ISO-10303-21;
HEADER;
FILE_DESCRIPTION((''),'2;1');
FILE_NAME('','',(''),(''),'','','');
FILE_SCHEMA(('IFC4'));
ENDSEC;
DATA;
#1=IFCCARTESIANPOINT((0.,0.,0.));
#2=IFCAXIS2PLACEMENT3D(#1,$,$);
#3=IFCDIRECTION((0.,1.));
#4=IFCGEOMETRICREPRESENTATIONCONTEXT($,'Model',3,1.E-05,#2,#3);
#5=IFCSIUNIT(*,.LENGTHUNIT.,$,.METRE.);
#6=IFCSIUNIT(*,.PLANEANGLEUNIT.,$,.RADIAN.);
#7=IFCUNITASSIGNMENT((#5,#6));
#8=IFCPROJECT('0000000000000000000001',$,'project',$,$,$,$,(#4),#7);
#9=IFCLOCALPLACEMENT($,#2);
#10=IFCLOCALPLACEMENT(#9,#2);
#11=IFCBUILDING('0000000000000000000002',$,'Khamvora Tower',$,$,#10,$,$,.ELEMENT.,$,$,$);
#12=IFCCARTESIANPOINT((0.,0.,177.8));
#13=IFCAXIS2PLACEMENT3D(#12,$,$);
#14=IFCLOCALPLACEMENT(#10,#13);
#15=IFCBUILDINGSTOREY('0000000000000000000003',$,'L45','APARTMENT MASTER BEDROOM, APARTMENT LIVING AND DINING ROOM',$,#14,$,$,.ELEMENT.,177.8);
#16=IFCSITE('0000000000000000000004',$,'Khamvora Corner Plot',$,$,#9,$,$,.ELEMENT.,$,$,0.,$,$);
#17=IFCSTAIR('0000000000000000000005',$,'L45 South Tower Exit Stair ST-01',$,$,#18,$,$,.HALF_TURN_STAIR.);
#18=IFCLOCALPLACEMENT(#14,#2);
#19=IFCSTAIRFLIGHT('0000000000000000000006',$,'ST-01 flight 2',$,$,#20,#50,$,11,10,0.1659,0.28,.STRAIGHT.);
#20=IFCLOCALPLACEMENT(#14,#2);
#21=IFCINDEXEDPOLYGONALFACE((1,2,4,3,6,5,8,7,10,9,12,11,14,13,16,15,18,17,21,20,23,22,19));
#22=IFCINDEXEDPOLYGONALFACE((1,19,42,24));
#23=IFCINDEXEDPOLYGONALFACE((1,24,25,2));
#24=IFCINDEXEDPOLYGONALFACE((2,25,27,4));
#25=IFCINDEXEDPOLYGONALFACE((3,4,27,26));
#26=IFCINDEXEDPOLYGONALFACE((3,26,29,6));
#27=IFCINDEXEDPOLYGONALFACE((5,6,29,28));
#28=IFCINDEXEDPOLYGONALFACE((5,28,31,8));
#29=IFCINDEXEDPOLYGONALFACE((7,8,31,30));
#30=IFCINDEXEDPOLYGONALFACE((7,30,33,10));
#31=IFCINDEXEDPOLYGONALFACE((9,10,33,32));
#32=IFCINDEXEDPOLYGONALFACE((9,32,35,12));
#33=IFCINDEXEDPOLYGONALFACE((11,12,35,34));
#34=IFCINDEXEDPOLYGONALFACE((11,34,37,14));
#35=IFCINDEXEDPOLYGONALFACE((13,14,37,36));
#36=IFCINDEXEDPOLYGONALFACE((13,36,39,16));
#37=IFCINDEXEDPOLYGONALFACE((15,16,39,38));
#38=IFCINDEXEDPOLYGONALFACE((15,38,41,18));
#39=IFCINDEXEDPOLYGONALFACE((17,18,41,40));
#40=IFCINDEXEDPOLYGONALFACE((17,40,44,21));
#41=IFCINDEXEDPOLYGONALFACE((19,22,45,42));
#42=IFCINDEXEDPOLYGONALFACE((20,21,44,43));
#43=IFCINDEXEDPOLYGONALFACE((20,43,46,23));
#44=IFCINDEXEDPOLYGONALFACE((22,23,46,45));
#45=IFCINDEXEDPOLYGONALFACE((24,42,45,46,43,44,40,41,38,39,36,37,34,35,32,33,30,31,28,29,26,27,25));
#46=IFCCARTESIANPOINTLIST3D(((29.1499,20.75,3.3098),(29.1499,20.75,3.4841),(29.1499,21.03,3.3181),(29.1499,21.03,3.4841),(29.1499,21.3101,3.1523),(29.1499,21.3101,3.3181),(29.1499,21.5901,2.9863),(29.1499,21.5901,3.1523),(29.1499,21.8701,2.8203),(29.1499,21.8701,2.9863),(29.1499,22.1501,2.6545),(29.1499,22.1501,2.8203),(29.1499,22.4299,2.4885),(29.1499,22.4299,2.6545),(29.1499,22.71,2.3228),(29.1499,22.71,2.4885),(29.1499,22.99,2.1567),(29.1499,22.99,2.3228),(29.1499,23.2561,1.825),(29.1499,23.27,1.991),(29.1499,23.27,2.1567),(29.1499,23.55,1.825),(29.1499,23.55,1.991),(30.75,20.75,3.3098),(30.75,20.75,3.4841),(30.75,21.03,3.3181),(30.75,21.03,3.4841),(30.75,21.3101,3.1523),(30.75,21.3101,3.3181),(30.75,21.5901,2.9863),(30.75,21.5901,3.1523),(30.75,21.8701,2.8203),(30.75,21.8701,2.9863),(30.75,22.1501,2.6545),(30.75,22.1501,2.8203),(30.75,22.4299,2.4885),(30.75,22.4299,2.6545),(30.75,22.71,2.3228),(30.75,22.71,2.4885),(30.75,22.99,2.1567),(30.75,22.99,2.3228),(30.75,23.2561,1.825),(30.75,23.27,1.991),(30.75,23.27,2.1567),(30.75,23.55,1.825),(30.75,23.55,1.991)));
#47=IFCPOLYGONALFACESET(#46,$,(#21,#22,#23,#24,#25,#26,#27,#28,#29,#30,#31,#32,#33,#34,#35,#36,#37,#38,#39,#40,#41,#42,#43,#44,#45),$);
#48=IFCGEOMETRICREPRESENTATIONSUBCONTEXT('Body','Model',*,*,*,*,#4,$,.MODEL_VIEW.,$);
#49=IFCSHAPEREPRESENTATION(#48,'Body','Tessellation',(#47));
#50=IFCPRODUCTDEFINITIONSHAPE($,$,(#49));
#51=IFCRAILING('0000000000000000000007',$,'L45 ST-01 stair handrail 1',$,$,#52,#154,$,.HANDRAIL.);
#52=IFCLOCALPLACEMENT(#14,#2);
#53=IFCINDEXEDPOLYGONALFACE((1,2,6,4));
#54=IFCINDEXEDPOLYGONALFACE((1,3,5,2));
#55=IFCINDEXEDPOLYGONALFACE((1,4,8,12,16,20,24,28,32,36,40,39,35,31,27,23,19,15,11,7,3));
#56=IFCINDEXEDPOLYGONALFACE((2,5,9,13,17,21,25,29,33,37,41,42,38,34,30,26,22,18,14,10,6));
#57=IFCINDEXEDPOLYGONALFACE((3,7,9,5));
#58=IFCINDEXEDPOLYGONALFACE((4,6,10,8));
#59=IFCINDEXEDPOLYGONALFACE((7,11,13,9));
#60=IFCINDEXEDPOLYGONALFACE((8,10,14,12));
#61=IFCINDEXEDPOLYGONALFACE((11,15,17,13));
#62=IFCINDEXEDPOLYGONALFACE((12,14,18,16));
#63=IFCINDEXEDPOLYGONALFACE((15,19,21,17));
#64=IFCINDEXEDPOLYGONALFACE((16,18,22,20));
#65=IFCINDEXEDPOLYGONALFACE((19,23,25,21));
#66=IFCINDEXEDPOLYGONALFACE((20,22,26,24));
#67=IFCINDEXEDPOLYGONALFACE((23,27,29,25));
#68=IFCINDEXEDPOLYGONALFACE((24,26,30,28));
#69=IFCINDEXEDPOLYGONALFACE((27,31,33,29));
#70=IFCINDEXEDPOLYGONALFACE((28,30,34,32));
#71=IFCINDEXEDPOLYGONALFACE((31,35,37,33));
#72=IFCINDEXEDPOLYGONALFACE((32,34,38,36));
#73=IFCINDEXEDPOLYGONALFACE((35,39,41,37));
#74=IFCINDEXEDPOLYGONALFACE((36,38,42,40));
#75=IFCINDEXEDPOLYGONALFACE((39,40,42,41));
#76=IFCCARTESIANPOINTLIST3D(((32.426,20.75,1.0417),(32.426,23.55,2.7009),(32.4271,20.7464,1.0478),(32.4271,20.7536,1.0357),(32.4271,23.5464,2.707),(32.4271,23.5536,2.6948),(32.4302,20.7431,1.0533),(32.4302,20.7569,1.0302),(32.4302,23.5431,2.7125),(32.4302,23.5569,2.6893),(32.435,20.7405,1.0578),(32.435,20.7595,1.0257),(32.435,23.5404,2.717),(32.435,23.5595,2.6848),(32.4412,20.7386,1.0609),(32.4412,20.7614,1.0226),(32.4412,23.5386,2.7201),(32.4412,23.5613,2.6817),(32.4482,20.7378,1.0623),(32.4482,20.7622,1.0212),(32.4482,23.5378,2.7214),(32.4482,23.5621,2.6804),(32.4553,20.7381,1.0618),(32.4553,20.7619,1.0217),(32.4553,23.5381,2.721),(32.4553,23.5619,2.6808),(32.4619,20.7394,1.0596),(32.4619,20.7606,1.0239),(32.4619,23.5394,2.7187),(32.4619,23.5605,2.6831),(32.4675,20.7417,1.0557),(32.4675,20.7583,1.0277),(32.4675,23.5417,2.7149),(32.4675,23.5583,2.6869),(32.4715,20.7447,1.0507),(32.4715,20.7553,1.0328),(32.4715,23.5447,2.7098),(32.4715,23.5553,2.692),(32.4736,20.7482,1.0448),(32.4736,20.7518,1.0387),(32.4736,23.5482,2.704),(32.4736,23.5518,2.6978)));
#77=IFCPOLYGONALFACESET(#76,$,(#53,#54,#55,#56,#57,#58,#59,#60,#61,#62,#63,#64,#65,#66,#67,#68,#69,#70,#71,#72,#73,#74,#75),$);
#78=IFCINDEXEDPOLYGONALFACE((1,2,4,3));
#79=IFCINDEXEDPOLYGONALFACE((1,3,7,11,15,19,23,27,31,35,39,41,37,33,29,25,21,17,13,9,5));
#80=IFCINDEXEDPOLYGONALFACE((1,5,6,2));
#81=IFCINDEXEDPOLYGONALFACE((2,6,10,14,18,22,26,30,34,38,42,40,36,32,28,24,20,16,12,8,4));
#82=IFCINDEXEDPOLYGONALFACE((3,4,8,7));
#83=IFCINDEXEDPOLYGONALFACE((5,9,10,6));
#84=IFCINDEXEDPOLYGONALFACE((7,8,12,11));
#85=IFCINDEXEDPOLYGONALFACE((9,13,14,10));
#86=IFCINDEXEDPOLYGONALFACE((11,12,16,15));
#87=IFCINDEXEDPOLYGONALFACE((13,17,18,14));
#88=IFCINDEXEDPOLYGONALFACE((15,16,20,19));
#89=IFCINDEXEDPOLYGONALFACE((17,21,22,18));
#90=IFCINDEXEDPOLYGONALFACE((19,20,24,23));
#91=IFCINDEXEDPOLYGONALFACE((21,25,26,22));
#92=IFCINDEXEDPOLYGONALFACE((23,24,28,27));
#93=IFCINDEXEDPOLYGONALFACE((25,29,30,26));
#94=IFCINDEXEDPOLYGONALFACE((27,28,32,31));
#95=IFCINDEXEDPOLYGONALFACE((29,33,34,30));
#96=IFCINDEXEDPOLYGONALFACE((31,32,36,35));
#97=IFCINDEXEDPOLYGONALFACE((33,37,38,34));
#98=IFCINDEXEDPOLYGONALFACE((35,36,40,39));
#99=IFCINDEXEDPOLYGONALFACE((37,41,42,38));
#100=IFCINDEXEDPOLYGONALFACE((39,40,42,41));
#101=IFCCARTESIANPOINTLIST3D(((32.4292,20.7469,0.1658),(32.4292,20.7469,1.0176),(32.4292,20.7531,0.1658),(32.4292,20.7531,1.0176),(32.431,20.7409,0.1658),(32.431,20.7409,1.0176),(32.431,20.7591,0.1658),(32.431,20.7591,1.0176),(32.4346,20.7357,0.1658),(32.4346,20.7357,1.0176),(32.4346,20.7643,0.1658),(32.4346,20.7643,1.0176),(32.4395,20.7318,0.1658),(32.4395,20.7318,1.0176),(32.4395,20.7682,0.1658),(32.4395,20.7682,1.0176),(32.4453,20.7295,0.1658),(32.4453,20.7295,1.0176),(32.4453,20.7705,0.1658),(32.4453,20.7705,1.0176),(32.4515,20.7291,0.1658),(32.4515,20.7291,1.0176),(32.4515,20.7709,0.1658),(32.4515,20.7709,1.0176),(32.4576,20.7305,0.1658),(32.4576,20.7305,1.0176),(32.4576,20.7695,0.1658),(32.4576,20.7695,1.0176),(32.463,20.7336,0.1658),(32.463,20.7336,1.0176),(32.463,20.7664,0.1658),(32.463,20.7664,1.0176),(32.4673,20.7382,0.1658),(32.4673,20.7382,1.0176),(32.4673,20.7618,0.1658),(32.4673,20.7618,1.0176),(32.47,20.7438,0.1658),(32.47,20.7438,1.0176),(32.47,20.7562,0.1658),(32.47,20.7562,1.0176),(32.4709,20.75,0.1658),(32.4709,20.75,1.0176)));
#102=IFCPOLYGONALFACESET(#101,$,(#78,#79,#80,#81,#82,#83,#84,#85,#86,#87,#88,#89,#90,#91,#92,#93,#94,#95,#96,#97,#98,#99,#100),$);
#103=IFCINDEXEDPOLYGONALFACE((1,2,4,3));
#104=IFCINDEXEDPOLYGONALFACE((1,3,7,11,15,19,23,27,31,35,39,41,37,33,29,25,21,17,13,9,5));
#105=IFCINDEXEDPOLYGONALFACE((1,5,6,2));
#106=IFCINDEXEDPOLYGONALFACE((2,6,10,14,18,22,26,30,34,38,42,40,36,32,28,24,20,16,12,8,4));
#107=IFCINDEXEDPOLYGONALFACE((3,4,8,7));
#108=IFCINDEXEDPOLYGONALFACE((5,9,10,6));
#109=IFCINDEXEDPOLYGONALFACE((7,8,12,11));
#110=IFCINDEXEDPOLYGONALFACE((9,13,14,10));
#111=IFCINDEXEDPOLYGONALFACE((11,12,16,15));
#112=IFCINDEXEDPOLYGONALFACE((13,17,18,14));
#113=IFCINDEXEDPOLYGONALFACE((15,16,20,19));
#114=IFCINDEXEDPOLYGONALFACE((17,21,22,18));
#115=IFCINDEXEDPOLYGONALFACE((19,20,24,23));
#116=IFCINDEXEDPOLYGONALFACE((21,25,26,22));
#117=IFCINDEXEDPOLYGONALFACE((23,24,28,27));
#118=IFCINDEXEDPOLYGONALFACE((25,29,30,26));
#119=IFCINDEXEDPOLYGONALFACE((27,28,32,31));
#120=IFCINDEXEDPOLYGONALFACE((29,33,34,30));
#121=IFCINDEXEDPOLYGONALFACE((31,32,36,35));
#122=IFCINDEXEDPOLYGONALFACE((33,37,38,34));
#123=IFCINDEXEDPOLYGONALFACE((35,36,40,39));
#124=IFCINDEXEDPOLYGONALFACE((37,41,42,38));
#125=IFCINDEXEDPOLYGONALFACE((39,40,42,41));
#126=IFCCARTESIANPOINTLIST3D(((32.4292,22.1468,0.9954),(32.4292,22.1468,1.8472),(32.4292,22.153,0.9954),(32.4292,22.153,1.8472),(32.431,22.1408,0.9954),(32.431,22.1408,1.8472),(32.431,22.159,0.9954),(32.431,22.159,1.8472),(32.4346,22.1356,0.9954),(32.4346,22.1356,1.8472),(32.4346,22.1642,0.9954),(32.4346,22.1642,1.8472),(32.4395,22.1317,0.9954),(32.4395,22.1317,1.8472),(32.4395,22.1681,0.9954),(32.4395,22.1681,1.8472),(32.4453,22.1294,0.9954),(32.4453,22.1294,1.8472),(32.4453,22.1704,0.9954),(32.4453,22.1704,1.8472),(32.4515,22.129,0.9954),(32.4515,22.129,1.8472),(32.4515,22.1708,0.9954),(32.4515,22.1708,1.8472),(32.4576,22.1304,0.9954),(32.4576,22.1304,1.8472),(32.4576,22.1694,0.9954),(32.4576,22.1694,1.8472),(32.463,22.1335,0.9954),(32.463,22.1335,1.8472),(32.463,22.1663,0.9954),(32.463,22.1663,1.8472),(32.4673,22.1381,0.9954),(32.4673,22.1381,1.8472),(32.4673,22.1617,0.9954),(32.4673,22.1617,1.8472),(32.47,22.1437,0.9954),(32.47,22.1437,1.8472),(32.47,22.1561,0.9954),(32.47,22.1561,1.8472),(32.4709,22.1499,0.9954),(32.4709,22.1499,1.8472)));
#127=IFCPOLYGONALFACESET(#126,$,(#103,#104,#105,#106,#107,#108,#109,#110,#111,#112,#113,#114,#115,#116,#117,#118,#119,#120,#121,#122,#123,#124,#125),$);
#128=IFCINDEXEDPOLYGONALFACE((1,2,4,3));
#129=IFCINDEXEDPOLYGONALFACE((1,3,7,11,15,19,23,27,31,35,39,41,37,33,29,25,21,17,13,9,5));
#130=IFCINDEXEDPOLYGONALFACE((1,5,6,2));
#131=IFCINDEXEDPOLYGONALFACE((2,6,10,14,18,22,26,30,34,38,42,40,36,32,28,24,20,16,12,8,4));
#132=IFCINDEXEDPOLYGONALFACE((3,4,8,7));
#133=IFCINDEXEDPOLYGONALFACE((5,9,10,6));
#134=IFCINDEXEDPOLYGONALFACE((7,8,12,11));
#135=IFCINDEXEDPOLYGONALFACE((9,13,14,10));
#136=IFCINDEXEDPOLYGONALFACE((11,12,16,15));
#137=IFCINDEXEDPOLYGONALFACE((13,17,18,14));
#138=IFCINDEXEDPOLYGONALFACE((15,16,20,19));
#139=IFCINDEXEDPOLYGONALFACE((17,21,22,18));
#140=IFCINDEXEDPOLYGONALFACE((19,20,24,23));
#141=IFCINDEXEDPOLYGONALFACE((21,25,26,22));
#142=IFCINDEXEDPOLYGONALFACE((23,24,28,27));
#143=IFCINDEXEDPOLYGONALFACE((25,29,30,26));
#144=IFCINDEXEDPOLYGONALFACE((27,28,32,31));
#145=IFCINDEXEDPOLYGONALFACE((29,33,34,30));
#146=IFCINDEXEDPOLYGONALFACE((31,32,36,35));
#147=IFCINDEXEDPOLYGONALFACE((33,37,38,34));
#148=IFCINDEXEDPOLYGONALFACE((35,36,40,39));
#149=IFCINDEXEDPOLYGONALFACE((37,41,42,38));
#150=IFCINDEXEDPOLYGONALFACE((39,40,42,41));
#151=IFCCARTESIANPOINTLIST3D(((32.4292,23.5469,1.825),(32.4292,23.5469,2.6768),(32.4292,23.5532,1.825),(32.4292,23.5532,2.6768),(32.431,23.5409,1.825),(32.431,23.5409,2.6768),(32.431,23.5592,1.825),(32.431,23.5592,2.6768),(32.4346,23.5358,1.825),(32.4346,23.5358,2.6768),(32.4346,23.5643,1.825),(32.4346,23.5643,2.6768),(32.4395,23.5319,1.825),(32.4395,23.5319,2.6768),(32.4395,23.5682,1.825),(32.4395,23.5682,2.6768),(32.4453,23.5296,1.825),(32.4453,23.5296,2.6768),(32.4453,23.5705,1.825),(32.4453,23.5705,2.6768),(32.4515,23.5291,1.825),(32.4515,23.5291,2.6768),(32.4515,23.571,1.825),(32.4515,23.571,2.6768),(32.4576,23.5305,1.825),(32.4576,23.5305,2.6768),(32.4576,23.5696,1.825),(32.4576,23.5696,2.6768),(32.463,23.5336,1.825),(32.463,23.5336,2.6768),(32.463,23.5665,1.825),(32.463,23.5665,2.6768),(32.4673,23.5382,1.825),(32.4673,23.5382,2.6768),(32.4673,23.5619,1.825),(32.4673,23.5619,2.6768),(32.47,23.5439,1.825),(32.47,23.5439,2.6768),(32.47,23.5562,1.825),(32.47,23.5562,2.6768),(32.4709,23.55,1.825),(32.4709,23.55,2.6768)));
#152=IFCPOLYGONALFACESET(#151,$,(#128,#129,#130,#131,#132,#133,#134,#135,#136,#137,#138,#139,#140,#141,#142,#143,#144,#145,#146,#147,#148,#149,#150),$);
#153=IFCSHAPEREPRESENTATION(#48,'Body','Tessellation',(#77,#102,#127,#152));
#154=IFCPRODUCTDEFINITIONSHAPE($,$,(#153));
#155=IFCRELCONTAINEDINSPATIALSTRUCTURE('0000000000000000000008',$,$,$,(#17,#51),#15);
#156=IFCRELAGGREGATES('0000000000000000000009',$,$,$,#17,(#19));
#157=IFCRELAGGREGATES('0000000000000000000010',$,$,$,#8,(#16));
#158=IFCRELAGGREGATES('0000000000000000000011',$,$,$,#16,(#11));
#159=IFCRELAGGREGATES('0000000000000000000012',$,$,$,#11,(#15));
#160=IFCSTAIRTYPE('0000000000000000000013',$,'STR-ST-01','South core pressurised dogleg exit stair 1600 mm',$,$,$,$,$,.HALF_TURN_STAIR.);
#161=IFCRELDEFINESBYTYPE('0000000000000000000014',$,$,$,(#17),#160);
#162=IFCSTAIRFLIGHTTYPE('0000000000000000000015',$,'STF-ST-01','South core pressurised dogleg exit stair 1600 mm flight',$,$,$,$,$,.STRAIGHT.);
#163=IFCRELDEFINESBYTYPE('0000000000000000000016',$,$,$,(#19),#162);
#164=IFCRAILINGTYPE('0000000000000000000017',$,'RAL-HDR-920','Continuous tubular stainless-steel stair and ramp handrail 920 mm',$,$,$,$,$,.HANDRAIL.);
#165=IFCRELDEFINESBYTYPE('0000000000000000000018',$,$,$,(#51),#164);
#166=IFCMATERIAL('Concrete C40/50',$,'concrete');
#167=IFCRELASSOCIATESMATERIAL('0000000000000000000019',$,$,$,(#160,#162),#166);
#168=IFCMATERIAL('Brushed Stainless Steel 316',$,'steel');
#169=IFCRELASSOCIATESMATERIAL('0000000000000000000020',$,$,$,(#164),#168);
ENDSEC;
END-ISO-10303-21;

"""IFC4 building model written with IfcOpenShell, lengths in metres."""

from ifc_helpers import new_model, si_unit, direction, frame, origin, origin_2d, place, context, subcontext, project, spatial, polyline, circle, outline, extrude, material, type_object, element, aggregate, save


model = new_model("IFC4")

# Units and contexts
model_context = context("Model", 3, precision=1e-05, world=origin(), true_north=direction((0.0, 1.0)))
body_context = subcontext(model_context, "Body", "Model", "MODEL_VIEW")
ifc_project = project(units=[si_unit("LENGTHUNIT", "METRE"), si_unit("PLANEANGLEUNIT", "RADIAN")], contexts=[model_context])

# Site, building, storey
site_placement = place(None, origin())
site = spatial("IfcSite", under=ifc_project, at=site_placement, Name="Khamvora Corner Plot", CompositionType="ELEMENT", RefElevation=0.0)
building_placement = place(site_placement, origin())
building = spatial("IfcBuilding", under=site, at=building_placement, Name="Khamvora Tower", CompositionType="ELEMENT")
storey_placement = place(building_placement, frame((0.0, 0.0, 177.8)))
storey = spatial("IfcBuildingStorey", under=building, at=storey_placement, Name="L45", Description="APARTMENT MASTER BEDROOM, APARTMENT LIVING AND DINING ROOM", CompositionType="ELEMENT", Elevation=177.8)

# Stair, stair flight
ifc_material_1 = material(Name="Concrete C40/50", Category="concrete")
stair_type = type_object("IfcStairType", Name="STR-ST-01", Description="South core pressurised dogleg exit stair 1600 mm", PredefinedType="HALF_TURN_STAIR", material=ifc_material_1)
stair_placement = place(storey_placement, origin())
stair = element("IfcStair", 1, at=stair_placement, inside=storey, type_object=stair_type, Name="L45 South Tower Exit Stair ST-01", PredefinedType="HALF_TURN_STAIR")
stair_flight_type = type_object("IfcStairFlightType", Name="STF-ST-01", Description="South core pressurised dogleg exit stair 1600 mm flight", PredefinedType="STRAIGHT", material=ifc_material_1)
stair_flight_1_placement = place(storey_placement, frame((29.95, 23.55, 1.825), z_axis=(0.0, 0.0, 1.0), x_axis=(0.0, -1.0, 0.0)))
stair_flight_1 = element("IfcStairFlight", 2, at=stair_flight_1_placement, type_object=stair_flight_type, Name="ST-01 flight 2", NumberOfRisers=11, NumberOfTreads=10, PredefinedType="STRAIGHT", RiserHeight=0.1659, TreadLength=0.28, context=body_context, shape_type="SweptSolid", body=[
    extrude(outline(polyline([(0.0, 0.0), (0.0, 0.166), (0.28, 0.166), (0.28, 0.3318), (0.5601, 0.3318), (0.5601, 0.4978), (0.8401, 0.4978), (0.8401, 0.6636), (1.1201, 0.6636), (1.1201, 0.8296), (1.3999, 0.8296), (1.3999, 0.9954), (1.6799, 0.9954), (1.6799, 1.1614), (1.96, 1.1614), (1.96, 1.3274), (2.24, 1.3274), (2.24, 1.4932), (2.52, 1.4932), (2.52, 1.6592), (2.8, 1.6592), (2.8, 1.825), (2.8, 1.4849), (0.2939, 0.0), (0.0, 0.0)])), frame((0.0, 0.8, 0.0), z_axis=(0.0, -1.0, 0.0), x_axis=(1.0, 0.0, 0.0)), (0.0, 0.0, 1.0), 1.6001),
])
aggregate(stair, [stair_flight_1])

# Railing
ifc_material_2 = material(Name="Brushed Stainless Steel 316", Category="steel")
railing_type_1 = type_object("IfcRailingType", Name="RAL-HDR-920", Description="Continuous tubular stainless-steel stair and ramp handrail 920 mm", PredefinedType="HANDRAIL", material=ifc_material_2)
railing_1_placement = place(storey_placement, frame((32.45, 20.75, 0.1658)))
element("IfcRailing", 3, at=railing_1_placement, inside=storey, type_object=railing_type_1, Name="L45 ST-01 stair handrail 1", PredefinedType="HANDRAIL", context=body_context, shape_type="SweptSolid", body=[
    extrude(circle(Radius=0.0239, at=origin_2d()), frame((0.0, 0.0, 0.876), z_axis=(0.0, 0.860306, 0.509778), x_axis=(-1.0, 0.0, 0.0)), (0.0, 0.0, 1.0), 3.2546),
    extrude(circle(Radius=0.021, at=origin_2d()), origin(), (0.0, 0.0, 1.0), 0.8518),
    extrude(circle(Radius=0.021, at=origin_2d()), frame((0.0, 1.3999, 0.8296)), (0.0, 0.0, 1.0), 0.8518),
    extrude(circle(Radius=0.021, at=origin_2d()), frame((0.0, 2.8, 1.6592)), (0.0, 0.0, 1.0), 0.8518),
])

save(model, "model.ifc")
